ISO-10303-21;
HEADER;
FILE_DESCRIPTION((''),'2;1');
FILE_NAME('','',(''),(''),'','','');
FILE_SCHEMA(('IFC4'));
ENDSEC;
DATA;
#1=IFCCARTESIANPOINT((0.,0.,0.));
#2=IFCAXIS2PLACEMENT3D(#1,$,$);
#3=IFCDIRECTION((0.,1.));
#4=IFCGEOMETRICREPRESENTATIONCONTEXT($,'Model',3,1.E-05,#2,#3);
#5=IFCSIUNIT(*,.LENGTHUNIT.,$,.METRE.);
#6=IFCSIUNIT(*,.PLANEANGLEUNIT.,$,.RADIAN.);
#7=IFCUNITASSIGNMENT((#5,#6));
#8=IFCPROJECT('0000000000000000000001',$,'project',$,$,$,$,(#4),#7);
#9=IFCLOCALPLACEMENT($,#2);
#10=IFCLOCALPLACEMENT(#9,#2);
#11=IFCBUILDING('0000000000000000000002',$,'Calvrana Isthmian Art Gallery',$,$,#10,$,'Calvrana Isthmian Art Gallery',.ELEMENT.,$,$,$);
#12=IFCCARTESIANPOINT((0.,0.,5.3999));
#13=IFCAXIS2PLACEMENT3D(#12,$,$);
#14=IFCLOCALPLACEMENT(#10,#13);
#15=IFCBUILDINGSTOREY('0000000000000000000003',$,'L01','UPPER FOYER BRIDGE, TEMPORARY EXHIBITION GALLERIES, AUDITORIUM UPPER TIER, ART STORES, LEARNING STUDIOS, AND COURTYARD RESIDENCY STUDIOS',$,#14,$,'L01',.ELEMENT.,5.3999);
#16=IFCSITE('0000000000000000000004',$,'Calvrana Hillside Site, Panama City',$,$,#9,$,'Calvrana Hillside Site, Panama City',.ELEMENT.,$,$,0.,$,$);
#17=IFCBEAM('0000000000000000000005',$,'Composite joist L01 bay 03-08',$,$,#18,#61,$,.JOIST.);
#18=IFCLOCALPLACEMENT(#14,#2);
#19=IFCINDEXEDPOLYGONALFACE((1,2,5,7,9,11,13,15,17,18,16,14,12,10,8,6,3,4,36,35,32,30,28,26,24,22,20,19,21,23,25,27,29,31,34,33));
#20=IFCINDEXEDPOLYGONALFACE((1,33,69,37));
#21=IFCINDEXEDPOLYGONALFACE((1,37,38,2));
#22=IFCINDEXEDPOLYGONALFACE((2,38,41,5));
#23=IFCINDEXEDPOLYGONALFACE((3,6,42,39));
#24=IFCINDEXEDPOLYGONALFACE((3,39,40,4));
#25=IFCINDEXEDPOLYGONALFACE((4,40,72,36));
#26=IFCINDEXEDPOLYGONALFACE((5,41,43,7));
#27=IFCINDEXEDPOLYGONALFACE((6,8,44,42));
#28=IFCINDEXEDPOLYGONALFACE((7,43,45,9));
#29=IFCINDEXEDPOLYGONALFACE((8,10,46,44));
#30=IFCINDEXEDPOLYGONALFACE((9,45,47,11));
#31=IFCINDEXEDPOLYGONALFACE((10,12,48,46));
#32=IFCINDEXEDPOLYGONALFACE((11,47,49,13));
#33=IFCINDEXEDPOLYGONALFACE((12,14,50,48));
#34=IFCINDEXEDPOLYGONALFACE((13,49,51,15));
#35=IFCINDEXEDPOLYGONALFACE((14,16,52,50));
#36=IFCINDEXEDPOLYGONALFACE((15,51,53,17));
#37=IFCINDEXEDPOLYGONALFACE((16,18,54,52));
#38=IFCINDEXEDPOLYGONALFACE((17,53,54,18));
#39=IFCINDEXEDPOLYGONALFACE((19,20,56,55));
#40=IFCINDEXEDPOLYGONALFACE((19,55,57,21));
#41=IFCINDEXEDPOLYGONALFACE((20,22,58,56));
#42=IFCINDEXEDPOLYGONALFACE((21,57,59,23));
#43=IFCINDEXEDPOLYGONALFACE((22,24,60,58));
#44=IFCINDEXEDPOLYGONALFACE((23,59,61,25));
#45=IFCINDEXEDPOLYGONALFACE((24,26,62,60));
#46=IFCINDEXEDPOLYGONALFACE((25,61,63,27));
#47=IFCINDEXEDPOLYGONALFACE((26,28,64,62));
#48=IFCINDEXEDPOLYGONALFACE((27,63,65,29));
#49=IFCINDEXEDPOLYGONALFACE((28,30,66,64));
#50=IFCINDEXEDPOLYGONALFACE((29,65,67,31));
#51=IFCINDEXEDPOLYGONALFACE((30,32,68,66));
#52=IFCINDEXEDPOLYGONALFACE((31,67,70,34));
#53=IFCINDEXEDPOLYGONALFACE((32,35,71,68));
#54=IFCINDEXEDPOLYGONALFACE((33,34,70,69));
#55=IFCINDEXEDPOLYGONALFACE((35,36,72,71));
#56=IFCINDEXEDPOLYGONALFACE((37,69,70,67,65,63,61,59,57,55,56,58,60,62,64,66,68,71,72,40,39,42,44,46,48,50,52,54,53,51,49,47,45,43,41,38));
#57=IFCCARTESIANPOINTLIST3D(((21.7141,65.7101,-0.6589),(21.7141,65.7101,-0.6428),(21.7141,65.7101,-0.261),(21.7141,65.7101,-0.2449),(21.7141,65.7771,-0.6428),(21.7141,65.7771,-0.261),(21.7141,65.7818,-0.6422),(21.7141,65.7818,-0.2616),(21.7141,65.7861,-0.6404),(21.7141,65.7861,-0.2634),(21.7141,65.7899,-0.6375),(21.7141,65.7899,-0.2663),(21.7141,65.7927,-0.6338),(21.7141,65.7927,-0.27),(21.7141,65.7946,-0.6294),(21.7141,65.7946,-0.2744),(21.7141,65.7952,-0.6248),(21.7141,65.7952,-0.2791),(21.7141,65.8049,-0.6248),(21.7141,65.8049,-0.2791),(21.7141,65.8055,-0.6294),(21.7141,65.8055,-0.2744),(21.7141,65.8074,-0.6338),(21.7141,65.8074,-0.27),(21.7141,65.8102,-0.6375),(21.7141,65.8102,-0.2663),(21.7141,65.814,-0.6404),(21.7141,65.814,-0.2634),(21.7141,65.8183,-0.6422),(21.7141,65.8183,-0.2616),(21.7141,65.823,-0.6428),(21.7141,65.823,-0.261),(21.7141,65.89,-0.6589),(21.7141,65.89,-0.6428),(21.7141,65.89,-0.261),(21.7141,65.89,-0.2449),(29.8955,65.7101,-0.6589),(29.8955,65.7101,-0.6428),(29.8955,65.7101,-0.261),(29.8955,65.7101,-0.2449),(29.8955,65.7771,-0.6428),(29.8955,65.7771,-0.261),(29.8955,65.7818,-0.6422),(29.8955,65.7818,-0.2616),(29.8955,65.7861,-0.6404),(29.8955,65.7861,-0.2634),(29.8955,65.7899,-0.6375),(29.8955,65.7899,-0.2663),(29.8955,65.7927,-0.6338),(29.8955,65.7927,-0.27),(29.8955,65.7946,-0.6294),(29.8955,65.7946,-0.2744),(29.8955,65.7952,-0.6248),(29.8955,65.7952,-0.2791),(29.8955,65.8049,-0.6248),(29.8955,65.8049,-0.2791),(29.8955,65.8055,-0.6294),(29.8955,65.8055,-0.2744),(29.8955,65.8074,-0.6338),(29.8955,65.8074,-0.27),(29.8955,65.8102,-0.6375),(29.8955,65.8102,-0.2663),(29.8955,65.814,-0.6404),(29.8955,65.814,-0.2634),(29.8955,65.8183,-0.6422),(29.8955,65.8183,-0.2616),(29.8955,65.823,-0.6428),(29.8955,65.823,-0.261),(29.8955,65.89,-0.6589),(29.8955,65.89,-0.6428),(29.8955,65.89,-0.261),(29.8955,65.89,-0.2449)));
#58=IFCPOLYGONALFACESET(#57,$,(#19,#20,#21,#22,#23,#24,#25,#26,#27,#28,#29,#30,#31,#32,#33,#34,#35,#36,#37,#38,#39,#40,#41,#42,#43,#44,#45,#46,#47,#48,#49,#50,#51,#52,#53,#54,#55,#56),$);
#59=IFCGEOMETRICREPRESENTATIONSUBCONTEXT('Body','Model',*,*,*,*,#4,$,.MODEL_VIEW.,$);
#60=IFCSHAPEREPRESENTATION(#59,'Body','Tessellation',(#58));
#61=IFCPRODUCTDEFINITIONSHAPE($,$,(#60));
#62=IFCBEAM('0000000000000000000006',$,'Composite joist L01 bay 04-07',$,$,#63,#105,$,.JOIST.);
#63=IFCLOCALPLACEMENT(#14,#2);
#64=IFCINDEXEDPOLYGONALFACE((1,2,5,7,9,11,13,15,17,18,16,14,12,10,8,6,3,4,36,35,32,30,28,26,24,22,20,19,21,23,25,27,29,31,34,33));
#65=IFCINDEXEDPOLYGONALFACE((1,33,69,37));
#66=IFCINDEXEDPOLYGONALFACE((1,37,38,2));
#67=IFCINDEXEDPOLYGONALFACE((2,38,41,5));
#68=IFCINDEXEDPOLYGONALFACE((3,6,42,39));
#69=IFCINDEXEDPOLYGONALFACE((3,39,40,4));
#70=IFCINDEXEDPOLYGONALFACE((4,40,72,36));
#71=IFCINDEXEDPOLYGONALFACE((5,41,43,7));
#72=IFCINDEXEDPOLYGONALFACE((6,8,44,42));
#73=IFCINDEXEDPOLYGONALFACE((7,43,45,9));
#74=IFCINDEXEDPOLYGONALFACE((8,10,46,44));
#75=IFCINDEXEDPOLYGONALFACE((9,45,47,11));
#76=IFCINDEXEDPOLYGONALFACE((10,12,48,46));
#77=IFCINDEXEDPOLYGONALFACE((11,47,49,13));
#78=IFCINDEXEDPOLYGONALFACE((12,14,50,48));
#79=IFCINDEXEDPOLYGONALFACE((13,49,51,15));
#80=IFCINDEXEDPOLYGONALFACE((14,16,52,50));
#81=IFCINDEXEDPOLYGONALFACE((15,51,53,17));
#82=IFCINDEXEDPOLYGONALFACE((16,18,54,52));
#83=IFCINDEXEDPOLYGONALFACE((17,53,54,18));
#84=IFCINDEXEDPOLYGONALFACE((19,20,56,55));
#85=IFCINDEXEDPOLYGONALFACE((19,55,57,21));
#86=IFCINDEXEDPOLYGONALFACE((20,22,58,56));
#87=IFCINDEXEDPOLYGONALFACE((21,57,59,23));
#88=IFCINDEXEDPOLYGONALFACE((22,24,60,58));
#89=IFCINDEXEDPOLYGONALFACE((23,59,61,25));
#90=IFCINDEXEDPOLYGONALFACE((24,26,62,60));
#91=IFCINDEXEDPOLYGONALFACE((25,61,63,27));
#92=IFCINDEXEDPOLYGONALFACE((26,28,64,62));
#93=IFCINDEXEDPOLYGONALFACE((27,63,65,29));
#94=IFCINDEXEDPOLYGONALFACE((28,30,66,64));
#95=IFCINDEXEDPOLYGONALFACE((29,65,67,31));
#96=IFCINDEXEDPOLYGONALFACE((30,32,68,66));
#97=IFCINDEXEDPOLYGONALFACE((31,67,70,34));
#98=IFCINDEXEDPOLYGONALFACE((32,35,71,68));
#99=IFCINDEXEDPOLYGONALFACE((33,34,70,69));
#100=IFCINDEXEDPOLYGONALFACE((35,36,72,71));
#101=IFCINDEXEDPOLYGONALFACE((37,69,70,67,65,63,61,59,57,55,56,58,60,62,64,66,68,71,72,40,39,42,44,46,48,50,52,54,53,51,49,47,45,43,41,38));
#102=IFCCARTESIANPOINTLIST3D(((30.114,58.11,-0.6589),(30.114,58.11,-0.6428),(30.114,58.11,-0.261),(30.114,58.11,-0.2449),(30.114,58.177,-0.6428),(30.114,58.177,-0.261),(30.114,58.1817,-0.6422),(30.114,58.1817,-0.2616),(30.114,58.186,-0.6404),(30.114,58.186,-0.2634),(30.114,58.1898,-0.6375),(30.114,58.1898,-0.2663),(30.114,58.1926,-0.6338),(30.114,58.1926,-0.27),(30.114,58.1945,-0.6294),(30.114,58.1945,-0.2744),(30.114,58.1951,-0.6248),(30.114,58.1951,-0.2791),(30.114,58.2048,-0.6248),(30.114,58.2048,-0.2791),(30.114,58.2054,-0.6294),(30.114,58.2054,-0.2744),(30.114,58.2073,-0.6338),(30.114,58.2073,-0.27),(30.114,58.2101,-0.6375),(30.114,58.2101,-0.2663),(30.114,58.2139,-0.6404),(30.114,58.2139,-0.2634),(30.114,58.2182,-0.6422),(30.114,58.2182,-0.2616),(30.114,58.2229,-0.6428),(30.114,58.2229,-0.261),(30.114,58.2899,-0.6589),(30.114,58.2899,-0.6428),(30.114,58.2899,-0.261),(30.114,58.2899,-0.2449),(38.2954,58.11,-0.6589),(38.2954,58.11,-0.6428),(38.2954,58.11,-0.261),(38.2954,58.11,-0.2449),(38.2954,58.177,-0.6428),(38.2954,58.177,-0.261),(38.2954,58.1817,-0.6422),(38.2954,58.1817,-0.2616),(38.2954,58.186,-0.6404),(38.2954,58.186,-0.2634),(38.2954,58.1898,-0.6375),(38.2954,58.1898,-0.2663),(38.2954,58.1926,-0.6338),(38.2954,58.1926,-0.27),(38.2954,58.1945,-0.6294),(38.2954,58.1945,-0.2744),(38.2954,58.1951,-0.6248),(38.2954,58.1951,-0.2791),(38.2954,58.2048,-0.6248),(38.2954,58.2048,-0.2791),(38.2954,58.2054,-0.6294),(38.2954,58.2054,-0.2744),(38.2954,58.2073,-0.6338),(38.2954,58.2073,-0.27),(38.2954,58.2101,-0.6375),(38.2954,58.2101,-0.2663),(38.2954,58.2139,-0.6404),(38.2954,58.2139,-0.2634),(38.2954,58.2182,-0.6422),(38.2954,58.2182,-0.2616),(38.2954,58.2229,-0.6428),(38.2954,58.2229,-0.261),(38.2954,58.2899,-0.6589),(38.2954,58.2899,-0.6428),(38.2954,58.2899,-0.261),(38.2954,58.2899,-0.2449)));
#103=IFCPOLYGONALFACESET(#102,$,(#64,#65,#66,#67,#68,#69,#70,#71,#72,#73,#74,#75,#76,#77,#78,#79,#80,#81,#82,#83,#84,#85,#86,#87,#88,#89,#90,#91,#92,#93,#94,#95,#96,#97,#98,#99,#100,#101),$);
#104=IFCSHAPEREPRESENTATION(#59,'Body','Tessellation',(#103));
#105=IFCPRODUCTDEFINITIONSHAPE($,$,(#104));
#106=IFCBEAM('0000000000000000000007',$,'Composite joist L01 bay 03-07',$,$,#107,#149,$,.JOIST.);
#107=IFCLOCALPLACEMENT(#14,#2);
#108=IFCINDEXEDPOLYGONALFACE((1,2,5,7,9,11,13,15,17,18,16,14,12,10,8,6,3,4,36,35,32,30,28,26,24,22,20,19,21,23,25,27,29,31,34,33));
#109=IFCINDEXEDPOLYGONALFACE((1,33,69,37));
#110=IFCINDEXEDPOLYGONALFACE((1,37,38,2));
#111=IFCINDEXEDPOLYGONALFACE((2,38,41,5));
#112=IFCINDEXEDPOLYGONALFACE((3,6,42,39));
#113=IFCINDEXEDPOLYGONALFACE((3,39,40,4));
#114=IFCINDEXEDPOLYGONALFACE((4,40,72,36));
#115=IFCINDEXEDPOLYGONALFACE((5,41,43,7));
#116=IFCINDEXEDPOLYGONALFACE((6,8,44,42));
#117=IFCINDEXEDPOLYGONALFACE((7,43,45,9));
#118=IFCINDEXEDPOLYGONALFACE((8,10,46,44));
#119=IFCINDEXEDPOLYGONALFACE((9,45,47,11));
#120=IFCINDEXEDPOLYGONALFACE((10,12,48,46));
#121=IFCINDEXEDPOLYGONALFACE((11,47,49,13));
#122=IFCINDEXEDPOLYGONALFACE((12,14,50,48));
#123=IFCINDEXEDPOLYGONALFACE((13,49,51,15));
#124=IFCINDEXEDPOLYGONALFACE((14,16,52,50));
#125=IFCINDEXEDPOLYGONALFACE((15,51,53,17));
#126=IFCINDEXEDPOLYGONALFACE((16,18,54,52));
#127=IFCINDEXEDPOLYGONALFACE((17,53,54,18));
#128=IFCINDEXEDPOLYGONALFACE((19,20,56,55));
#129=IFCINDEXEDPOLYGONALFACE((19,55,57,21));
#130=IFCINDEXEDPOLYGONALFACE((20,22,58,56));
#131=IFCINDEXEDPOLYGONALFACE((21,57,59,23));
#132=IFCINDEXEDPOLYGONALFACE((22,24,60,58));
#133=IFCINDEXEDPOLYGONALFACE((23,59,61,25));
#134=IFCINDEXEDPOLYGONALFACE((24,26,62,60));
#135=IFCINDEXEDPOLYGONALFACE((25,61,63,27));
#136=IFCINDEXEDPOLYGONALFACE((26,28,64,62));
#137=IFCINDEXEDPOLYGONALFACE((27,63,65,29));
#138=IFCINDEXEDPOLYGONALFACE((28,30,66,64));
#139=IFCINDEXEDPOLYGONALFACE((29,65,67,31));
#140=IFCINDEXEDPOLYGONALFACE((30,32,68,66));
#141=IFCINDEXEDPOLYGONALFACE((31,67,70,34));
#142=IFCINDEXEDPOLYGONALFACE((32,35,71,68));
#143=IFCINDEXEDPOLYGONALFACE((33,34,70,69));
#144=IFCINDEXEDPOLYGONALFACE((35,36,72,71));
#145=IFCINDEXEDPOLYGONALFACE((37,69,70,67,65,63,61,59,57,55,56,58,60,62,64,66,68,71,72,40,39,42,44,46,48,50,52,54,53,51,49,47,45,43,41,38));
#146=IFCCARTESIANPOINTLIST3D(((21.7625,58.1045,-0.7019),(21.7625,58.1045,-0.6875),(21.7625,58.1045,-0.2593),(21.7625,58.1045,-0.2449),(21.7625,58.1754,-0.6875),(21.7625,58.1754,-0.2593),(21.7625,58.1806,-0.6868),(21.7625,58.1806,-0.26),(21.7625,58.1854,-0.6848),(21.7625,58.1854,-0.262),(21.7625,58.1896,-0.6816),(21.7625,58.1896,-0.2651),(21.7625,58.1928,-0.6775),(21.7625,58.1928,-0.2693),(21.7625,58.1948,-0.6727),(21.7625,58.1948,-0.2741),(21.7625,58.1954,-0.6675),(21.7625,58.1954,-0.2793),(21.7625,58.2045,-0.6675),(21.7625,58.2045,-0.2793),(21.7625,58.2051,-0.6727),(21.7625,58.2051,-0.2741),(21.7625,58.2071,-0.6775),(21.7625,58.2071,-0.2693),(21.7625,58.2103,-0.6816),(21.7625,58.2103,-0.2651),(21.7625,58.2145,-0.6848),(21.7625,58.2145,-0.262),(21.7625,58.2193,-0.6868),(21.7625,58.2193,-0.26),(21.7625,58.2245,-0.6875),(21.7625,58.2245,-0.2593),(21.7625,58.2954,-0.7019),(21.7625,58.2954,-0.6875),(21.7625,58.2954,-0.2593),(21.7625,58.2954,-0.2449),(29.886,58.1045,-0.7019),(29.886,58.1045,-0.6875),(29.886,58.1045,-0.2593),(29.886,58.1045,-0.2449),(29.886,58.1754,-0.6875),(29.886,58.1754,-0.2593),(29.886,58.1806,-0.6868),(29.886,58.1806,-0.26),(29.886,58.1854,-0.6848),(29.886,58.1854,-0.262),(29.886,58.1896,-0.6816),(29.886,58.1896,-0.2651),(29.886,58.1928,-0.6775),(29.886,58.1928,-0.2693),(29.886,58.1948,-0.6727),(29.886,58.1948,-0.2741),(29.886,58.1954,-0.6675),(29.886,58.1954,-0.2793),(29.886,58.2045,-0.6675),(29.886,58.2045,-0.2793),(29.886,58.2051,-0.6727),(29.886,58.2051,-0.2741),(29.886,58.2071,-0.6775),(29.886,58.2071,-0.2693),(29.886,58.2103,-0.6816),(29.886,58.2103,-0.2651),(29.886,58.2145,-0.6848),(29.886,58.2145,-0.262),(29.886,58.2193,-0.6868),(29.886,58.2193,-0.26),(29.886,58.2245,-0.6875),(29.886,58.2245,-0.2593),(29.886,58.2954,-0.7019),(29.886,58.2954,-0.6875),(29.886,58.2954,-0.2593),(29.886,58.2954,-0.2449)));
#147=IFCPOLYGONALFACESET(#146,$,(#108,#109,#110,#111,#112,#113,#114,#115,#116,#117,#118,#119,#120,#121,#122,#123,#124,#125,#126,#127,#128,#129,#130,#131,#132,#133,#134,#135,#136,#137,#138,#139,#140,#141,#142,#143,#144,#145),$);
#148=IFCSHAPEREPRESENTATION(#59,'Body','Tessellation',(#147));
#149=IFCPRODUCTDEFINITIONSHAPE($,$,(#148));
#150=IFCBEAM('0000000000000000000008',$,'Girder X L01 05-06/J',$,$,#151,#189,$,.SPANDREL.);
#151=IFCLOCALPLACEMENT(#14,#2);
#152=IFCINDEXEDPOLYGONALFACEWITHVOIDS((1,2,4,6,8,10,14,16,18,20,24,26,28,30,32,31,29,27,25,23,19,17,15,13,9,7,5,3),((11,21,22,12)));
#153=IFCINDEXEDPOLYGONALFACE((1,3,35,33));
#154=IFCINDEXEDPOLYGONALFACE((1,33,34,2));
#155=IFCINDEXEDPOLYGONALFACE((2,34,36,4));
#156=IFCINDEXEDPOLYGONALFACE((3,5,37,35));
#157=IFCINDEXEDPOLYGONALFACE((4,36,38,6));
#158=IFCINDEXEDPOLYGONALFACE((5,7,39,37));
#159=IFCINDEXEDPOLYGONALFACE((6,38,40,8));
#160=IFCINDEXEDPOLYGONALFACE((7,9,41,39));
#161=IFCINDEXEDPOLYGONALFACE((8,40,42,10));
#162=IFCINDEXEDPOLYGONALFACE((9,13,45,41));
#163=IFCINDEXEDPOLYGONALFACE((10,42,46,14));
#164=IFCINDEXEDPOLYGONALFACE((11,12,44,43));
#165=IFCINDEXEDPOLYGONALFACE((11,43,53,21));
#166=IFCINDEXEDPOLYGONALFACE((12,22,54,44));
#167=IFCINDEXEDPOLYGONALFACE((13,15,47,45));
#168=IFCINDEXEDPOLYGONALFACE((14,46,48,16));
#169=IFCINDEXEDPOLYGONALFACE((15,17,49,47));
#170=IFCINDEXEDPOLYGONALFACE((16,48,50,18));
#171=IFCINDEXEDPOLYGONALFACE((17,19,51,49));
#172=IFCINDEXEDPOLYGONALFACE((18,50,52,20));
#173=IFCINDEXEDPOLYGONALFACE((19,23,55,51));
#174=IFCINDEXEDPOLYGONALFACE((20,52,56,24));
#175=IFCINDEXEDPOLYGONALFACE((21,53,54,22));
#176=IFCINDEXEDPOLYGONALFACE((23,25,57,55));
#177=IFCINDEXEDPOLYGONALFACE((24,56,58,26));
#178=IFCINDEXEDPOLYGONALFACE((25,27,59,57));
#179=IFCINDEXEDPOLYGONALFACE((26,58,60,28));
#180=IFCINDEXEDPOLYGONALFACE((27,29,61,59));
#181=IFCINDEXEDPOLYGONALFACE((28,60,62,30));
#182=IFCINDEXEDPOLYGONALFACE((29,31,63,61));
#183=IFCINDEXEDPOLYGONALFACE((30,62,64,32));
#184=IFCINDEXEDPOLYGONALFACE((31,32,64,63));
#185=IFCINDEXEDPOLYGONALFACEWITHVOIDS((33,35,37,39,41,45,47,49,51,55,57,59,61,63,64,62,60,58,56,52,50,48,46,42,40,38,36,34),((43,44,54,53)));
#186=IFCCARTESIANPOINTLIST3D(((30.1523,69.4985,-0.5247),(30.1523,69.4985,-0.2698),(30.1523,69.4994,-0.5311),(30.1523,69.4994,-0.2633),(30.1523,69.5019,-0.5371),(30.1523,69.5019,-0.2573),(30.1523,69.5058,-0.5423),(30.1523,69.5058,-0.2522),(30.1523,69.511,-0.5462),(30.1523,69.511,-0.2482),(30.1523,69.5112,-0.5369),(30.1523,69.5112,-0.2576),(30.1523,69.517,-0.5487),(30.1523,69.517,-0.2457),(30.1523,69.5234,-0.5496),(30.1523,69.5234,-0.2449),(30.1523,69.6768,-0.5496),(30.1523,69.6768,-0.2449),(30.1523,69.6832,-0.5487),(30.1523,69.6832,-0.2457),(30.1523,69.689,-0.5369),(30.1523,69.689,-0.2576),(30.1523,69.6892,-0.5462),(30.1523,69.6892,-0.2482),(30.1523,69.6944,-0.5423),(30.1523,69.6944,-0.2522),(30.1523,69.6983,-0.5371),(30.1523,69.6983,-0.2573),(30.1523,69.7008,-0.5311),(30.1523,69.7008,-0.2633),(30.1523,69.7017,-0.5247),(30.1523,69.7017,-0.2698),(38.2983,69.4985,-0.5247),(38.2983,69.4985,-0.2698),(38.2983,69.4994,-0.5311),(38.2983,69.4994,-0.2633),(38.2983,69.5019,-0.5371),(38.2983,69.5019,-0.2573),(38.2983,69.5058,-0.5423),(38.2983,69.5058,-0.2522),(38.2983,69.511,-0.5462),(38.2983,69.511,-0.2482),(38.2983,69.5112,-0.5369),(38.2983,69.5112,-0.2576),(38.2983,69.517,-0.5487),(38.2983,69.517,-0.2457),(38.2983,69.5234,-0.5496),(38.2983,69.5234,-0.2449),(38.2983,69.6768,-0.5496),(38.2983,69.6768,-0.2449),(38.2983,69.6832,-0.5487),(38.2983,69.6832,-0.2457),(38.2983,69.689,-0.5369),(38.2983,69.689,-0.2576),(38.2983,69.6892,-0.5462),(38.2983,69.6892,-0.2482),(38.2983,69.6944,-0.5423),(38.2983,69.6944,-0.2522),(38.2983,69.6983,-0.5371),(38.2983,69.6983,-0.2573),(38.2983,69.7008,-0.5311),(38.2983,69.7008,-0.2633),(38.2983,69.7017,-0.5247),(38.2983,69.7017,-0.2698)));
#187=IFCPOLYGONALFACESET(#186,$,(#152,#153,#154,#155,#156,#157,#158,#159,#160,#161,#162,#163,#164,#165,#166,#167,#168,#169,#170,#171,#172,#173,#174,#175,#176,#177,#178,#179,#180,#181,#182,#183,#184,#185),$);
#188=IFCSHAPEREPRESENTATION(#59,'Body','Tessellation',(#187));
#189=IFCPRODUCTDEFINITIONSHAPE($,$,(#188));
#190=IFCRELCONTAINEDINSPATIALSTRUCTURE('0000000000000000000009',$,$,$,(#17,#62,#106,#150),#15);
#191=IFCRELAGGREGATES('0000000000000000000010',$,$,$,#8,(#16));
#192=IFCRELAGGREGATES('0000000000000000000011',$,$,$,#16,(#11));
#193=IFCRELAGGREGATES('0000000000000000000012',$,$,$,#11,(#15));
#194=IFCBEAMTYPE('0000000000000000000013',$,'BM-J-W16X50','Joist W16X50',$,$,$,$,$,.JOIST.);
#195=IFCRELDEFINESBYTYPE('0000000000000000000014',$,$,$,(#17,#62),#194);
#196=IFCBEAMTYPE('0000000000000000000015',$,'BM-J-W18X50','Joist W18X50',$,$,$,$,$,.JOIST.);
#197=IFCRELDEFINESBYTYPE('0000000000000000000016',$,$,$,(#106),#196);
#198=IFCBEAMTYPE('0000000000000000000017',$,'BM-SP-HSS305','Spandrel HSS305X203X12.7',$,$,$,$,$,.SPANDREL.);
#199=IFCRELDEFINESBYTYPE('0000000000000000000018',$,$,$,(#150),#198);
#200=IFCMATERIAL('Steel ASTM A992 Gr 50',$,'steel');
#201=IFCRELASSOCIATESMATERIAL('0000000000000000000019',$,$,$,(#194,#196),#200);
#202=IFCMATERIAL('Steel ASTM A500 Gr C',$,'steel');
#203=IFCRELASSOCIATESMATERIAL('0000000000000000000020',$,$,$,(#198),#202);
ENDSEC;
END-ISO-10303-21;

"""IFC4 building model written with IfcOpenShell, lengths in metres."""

from ifc_helpers import new_model, si_unit, direction, frame, origin, origin_2d, place, context, subcontext, project, spatial, hollow_rectangle, i_section, extrude, material, material_profile, profile_set, type_object, element, save


model = new_model("IFC4")

# Units and contexts
model_context = context("Model", 3, precision=1e-05, world=origin(), true_north=direction((0.0, 1.0)))
body_context = subcontext(model_context, "Body", "Model", "MODEL_VIEW")
ifc_project = project(units=[si_unit("LENGTHUNIT", "METRE"), si_unit("PLANEANGLEUNIT", "RADIAN")], contexts=[model_context])

# Site, building, storey
site_placement = place(None, origin())
site = spatial("IfcSite", under=ifc_project, at=site_placement, Name="Calvrana Hillside Site, Panama City", LongName="Calvrana Hillside Site, Panama City", CompositionType="ELEMENT", RefElevation=0.0)
building_placement = place(site_placement, origin())
building = spatial("IfcBuilding", under=site, at=building_placement, Name="Calvrana Isthmian Art Gallery", LongName="Calvrana Isthmian Art Gallery", CompositionType="ELEMENT")
storey_placement = place(building_placement, frame((0.0, 0.0, 5.3999)))
storey = spatial("IfcBuildingStorey", under=building, at=storey_placement, Name="L01", Description="UPPER FOYER BRIDGE, TEMPORARY EXHIBITION GALLERIES, AUDITORIUM UPPER TIER, ART STORES, LEARNING STUDIOS, AND COURTYARD RESIDENCY STUDIOS", LongName="L01", CompositionType="ELEMENT", Elevation=5.3999)

# Shared definitions
ifc_material_1 = material(Name="Steel ASTM A500 Gr C", Category="steel")

# Beams
ifc_material_2 = material(Name="Steel ASTM A992 Gr 50", Category="steel")
ifc_material_profile_1 = material_profile(ifc_material_2, i_section(OverallWidth=0.1799, OverallDepth=0.4141, WebThickness=0.0098, FlangeThickness=0.0161, FilletRadius=0.0181, at=origin_2d()), Name="W16X50")
ifc_profile_set_1 = profile_set([ifc_material_profile_1], Name="Steel ASTM A992 Gr 50")
beam_type_1 = type_object("IfcBeamType", Name="BM-J-W16X50", Description="Joist W16X50", PredefinedType="JOIST", material=ifc_profile_set_1)
for number, where, z_axis, x_axis, name in (
    (1, (21.7141, 65.8, -0.4519), (1.0, 0.0, 0.0), (0.0, 1.0, 0.0), "Composite joist L01 bay 03-08"),
    (2, (30.114, 58.2, -0.4519), (1.0, 0.0, 0.0), (0.0, 1.0, 0.0), "Composite joist L01 bay 04-07"),
):
    element("IfcBeam", number, at=place(storey_placement, frame(where, z_axis=z_axis, x_axis=x_axis)), inside=storey, type_object=beam_type_1, Name=name, PredefinedType="JOIST", context=body_context, shape_type="SweptSolid", body=[
        extrude(i_section(OverallWidth=0.1799, OverallDepth=0.4141, WebThickness=0.0098, FlangeThickness=0.0161, FilletRadius=0.0181, at=origin_2d()), origin(), (0.0, 0.0, 1.0), 8.1814),
    ])
ifc_material_profile_2 = material_profile(ifc_material_2, i_section(OverallWidth=0.1909, OverallDepth=0.457, WebThickness=0.009, FlangeThickness=0.0144, FilletRadius=0.02, at=origin_2d()), Name="W18X50")
ifc_profile_set_2 = profile_set([ifc_material_profile_2], Name="Steel ASTM A992 Gr 50")
beam_type_2 = type_object("IfcBeamType", Name="BM-J-W18X50", Description="Joist W18X50", PredefinedType="JOIST", material=ifc_profile_set_2)
beam_1_placement = place(storey_placement, frame((21.7625, 58.2, -0.4734), z_axis=(1.0, 0.0, 0.0), x_axis=(0.0, 1.0, 0.0)))
element("IfcBeam", 3, at=beam_1_placement, inside=storey, type_object=beam_type_2, Name="Composite joist L01 bay 03-07", PredefinedType="JOIST", context=body_context, shape_type="SweptSolid", body=[
    extrude(i_section(OverallWidth=0.1909, OverallDepth=0.457, WebThickness=0.009, FlangeThickness=0.0144, FilletRadius=0.02, at=origin_2d()), origin(), (0.0, 0.0, 1.0), 8.1235),
])
ifc_material_profile_3 = material_profile(ifc_material_1, hollow_rectangle(XDim=0.2031, YDim=0.3047, WallThickness=0.0127, OuterFilletRadius=0.0249, at=origin_2d()), Name="HSS305X203X12.7")
ifc_profile_set_3 = profile_set([ifc_material_profile_3], Name="Steel ASTM A500 Gr C")
beam_type_3 = type_object("IfcBeamType", Name="BM-SP-HSS305", Description="Spandrel HSS305X203X12.7", PredefinedType="SPANDREL", material=ifc_profile_set_3)
beam_2_placement = place(storey_placement, frame((30.1523, 69.6001, -0.3972), z_axis=(1.0, 0.0, 0.0), x_axis=(0.0, 1.0, 0.0)))
element("IfcBeam", 4, at=beam_2_placement, inside=storey, type_object=beam_type_3, Name="Girder X L01 05-06/J", PredefinedType="SPANDREL", context=body_context, shape_type="SweptSolid", body=[
    extrude(hollow_rectangle(XDim=0.2031, YDim=0.3047, WallThickness=0.0127, OuterFilletRadius=0.0249, at=origin_2d()), origin(), (0.0, 0.0, 1.0), 8.146),
])

save(model, "model.ifc")
